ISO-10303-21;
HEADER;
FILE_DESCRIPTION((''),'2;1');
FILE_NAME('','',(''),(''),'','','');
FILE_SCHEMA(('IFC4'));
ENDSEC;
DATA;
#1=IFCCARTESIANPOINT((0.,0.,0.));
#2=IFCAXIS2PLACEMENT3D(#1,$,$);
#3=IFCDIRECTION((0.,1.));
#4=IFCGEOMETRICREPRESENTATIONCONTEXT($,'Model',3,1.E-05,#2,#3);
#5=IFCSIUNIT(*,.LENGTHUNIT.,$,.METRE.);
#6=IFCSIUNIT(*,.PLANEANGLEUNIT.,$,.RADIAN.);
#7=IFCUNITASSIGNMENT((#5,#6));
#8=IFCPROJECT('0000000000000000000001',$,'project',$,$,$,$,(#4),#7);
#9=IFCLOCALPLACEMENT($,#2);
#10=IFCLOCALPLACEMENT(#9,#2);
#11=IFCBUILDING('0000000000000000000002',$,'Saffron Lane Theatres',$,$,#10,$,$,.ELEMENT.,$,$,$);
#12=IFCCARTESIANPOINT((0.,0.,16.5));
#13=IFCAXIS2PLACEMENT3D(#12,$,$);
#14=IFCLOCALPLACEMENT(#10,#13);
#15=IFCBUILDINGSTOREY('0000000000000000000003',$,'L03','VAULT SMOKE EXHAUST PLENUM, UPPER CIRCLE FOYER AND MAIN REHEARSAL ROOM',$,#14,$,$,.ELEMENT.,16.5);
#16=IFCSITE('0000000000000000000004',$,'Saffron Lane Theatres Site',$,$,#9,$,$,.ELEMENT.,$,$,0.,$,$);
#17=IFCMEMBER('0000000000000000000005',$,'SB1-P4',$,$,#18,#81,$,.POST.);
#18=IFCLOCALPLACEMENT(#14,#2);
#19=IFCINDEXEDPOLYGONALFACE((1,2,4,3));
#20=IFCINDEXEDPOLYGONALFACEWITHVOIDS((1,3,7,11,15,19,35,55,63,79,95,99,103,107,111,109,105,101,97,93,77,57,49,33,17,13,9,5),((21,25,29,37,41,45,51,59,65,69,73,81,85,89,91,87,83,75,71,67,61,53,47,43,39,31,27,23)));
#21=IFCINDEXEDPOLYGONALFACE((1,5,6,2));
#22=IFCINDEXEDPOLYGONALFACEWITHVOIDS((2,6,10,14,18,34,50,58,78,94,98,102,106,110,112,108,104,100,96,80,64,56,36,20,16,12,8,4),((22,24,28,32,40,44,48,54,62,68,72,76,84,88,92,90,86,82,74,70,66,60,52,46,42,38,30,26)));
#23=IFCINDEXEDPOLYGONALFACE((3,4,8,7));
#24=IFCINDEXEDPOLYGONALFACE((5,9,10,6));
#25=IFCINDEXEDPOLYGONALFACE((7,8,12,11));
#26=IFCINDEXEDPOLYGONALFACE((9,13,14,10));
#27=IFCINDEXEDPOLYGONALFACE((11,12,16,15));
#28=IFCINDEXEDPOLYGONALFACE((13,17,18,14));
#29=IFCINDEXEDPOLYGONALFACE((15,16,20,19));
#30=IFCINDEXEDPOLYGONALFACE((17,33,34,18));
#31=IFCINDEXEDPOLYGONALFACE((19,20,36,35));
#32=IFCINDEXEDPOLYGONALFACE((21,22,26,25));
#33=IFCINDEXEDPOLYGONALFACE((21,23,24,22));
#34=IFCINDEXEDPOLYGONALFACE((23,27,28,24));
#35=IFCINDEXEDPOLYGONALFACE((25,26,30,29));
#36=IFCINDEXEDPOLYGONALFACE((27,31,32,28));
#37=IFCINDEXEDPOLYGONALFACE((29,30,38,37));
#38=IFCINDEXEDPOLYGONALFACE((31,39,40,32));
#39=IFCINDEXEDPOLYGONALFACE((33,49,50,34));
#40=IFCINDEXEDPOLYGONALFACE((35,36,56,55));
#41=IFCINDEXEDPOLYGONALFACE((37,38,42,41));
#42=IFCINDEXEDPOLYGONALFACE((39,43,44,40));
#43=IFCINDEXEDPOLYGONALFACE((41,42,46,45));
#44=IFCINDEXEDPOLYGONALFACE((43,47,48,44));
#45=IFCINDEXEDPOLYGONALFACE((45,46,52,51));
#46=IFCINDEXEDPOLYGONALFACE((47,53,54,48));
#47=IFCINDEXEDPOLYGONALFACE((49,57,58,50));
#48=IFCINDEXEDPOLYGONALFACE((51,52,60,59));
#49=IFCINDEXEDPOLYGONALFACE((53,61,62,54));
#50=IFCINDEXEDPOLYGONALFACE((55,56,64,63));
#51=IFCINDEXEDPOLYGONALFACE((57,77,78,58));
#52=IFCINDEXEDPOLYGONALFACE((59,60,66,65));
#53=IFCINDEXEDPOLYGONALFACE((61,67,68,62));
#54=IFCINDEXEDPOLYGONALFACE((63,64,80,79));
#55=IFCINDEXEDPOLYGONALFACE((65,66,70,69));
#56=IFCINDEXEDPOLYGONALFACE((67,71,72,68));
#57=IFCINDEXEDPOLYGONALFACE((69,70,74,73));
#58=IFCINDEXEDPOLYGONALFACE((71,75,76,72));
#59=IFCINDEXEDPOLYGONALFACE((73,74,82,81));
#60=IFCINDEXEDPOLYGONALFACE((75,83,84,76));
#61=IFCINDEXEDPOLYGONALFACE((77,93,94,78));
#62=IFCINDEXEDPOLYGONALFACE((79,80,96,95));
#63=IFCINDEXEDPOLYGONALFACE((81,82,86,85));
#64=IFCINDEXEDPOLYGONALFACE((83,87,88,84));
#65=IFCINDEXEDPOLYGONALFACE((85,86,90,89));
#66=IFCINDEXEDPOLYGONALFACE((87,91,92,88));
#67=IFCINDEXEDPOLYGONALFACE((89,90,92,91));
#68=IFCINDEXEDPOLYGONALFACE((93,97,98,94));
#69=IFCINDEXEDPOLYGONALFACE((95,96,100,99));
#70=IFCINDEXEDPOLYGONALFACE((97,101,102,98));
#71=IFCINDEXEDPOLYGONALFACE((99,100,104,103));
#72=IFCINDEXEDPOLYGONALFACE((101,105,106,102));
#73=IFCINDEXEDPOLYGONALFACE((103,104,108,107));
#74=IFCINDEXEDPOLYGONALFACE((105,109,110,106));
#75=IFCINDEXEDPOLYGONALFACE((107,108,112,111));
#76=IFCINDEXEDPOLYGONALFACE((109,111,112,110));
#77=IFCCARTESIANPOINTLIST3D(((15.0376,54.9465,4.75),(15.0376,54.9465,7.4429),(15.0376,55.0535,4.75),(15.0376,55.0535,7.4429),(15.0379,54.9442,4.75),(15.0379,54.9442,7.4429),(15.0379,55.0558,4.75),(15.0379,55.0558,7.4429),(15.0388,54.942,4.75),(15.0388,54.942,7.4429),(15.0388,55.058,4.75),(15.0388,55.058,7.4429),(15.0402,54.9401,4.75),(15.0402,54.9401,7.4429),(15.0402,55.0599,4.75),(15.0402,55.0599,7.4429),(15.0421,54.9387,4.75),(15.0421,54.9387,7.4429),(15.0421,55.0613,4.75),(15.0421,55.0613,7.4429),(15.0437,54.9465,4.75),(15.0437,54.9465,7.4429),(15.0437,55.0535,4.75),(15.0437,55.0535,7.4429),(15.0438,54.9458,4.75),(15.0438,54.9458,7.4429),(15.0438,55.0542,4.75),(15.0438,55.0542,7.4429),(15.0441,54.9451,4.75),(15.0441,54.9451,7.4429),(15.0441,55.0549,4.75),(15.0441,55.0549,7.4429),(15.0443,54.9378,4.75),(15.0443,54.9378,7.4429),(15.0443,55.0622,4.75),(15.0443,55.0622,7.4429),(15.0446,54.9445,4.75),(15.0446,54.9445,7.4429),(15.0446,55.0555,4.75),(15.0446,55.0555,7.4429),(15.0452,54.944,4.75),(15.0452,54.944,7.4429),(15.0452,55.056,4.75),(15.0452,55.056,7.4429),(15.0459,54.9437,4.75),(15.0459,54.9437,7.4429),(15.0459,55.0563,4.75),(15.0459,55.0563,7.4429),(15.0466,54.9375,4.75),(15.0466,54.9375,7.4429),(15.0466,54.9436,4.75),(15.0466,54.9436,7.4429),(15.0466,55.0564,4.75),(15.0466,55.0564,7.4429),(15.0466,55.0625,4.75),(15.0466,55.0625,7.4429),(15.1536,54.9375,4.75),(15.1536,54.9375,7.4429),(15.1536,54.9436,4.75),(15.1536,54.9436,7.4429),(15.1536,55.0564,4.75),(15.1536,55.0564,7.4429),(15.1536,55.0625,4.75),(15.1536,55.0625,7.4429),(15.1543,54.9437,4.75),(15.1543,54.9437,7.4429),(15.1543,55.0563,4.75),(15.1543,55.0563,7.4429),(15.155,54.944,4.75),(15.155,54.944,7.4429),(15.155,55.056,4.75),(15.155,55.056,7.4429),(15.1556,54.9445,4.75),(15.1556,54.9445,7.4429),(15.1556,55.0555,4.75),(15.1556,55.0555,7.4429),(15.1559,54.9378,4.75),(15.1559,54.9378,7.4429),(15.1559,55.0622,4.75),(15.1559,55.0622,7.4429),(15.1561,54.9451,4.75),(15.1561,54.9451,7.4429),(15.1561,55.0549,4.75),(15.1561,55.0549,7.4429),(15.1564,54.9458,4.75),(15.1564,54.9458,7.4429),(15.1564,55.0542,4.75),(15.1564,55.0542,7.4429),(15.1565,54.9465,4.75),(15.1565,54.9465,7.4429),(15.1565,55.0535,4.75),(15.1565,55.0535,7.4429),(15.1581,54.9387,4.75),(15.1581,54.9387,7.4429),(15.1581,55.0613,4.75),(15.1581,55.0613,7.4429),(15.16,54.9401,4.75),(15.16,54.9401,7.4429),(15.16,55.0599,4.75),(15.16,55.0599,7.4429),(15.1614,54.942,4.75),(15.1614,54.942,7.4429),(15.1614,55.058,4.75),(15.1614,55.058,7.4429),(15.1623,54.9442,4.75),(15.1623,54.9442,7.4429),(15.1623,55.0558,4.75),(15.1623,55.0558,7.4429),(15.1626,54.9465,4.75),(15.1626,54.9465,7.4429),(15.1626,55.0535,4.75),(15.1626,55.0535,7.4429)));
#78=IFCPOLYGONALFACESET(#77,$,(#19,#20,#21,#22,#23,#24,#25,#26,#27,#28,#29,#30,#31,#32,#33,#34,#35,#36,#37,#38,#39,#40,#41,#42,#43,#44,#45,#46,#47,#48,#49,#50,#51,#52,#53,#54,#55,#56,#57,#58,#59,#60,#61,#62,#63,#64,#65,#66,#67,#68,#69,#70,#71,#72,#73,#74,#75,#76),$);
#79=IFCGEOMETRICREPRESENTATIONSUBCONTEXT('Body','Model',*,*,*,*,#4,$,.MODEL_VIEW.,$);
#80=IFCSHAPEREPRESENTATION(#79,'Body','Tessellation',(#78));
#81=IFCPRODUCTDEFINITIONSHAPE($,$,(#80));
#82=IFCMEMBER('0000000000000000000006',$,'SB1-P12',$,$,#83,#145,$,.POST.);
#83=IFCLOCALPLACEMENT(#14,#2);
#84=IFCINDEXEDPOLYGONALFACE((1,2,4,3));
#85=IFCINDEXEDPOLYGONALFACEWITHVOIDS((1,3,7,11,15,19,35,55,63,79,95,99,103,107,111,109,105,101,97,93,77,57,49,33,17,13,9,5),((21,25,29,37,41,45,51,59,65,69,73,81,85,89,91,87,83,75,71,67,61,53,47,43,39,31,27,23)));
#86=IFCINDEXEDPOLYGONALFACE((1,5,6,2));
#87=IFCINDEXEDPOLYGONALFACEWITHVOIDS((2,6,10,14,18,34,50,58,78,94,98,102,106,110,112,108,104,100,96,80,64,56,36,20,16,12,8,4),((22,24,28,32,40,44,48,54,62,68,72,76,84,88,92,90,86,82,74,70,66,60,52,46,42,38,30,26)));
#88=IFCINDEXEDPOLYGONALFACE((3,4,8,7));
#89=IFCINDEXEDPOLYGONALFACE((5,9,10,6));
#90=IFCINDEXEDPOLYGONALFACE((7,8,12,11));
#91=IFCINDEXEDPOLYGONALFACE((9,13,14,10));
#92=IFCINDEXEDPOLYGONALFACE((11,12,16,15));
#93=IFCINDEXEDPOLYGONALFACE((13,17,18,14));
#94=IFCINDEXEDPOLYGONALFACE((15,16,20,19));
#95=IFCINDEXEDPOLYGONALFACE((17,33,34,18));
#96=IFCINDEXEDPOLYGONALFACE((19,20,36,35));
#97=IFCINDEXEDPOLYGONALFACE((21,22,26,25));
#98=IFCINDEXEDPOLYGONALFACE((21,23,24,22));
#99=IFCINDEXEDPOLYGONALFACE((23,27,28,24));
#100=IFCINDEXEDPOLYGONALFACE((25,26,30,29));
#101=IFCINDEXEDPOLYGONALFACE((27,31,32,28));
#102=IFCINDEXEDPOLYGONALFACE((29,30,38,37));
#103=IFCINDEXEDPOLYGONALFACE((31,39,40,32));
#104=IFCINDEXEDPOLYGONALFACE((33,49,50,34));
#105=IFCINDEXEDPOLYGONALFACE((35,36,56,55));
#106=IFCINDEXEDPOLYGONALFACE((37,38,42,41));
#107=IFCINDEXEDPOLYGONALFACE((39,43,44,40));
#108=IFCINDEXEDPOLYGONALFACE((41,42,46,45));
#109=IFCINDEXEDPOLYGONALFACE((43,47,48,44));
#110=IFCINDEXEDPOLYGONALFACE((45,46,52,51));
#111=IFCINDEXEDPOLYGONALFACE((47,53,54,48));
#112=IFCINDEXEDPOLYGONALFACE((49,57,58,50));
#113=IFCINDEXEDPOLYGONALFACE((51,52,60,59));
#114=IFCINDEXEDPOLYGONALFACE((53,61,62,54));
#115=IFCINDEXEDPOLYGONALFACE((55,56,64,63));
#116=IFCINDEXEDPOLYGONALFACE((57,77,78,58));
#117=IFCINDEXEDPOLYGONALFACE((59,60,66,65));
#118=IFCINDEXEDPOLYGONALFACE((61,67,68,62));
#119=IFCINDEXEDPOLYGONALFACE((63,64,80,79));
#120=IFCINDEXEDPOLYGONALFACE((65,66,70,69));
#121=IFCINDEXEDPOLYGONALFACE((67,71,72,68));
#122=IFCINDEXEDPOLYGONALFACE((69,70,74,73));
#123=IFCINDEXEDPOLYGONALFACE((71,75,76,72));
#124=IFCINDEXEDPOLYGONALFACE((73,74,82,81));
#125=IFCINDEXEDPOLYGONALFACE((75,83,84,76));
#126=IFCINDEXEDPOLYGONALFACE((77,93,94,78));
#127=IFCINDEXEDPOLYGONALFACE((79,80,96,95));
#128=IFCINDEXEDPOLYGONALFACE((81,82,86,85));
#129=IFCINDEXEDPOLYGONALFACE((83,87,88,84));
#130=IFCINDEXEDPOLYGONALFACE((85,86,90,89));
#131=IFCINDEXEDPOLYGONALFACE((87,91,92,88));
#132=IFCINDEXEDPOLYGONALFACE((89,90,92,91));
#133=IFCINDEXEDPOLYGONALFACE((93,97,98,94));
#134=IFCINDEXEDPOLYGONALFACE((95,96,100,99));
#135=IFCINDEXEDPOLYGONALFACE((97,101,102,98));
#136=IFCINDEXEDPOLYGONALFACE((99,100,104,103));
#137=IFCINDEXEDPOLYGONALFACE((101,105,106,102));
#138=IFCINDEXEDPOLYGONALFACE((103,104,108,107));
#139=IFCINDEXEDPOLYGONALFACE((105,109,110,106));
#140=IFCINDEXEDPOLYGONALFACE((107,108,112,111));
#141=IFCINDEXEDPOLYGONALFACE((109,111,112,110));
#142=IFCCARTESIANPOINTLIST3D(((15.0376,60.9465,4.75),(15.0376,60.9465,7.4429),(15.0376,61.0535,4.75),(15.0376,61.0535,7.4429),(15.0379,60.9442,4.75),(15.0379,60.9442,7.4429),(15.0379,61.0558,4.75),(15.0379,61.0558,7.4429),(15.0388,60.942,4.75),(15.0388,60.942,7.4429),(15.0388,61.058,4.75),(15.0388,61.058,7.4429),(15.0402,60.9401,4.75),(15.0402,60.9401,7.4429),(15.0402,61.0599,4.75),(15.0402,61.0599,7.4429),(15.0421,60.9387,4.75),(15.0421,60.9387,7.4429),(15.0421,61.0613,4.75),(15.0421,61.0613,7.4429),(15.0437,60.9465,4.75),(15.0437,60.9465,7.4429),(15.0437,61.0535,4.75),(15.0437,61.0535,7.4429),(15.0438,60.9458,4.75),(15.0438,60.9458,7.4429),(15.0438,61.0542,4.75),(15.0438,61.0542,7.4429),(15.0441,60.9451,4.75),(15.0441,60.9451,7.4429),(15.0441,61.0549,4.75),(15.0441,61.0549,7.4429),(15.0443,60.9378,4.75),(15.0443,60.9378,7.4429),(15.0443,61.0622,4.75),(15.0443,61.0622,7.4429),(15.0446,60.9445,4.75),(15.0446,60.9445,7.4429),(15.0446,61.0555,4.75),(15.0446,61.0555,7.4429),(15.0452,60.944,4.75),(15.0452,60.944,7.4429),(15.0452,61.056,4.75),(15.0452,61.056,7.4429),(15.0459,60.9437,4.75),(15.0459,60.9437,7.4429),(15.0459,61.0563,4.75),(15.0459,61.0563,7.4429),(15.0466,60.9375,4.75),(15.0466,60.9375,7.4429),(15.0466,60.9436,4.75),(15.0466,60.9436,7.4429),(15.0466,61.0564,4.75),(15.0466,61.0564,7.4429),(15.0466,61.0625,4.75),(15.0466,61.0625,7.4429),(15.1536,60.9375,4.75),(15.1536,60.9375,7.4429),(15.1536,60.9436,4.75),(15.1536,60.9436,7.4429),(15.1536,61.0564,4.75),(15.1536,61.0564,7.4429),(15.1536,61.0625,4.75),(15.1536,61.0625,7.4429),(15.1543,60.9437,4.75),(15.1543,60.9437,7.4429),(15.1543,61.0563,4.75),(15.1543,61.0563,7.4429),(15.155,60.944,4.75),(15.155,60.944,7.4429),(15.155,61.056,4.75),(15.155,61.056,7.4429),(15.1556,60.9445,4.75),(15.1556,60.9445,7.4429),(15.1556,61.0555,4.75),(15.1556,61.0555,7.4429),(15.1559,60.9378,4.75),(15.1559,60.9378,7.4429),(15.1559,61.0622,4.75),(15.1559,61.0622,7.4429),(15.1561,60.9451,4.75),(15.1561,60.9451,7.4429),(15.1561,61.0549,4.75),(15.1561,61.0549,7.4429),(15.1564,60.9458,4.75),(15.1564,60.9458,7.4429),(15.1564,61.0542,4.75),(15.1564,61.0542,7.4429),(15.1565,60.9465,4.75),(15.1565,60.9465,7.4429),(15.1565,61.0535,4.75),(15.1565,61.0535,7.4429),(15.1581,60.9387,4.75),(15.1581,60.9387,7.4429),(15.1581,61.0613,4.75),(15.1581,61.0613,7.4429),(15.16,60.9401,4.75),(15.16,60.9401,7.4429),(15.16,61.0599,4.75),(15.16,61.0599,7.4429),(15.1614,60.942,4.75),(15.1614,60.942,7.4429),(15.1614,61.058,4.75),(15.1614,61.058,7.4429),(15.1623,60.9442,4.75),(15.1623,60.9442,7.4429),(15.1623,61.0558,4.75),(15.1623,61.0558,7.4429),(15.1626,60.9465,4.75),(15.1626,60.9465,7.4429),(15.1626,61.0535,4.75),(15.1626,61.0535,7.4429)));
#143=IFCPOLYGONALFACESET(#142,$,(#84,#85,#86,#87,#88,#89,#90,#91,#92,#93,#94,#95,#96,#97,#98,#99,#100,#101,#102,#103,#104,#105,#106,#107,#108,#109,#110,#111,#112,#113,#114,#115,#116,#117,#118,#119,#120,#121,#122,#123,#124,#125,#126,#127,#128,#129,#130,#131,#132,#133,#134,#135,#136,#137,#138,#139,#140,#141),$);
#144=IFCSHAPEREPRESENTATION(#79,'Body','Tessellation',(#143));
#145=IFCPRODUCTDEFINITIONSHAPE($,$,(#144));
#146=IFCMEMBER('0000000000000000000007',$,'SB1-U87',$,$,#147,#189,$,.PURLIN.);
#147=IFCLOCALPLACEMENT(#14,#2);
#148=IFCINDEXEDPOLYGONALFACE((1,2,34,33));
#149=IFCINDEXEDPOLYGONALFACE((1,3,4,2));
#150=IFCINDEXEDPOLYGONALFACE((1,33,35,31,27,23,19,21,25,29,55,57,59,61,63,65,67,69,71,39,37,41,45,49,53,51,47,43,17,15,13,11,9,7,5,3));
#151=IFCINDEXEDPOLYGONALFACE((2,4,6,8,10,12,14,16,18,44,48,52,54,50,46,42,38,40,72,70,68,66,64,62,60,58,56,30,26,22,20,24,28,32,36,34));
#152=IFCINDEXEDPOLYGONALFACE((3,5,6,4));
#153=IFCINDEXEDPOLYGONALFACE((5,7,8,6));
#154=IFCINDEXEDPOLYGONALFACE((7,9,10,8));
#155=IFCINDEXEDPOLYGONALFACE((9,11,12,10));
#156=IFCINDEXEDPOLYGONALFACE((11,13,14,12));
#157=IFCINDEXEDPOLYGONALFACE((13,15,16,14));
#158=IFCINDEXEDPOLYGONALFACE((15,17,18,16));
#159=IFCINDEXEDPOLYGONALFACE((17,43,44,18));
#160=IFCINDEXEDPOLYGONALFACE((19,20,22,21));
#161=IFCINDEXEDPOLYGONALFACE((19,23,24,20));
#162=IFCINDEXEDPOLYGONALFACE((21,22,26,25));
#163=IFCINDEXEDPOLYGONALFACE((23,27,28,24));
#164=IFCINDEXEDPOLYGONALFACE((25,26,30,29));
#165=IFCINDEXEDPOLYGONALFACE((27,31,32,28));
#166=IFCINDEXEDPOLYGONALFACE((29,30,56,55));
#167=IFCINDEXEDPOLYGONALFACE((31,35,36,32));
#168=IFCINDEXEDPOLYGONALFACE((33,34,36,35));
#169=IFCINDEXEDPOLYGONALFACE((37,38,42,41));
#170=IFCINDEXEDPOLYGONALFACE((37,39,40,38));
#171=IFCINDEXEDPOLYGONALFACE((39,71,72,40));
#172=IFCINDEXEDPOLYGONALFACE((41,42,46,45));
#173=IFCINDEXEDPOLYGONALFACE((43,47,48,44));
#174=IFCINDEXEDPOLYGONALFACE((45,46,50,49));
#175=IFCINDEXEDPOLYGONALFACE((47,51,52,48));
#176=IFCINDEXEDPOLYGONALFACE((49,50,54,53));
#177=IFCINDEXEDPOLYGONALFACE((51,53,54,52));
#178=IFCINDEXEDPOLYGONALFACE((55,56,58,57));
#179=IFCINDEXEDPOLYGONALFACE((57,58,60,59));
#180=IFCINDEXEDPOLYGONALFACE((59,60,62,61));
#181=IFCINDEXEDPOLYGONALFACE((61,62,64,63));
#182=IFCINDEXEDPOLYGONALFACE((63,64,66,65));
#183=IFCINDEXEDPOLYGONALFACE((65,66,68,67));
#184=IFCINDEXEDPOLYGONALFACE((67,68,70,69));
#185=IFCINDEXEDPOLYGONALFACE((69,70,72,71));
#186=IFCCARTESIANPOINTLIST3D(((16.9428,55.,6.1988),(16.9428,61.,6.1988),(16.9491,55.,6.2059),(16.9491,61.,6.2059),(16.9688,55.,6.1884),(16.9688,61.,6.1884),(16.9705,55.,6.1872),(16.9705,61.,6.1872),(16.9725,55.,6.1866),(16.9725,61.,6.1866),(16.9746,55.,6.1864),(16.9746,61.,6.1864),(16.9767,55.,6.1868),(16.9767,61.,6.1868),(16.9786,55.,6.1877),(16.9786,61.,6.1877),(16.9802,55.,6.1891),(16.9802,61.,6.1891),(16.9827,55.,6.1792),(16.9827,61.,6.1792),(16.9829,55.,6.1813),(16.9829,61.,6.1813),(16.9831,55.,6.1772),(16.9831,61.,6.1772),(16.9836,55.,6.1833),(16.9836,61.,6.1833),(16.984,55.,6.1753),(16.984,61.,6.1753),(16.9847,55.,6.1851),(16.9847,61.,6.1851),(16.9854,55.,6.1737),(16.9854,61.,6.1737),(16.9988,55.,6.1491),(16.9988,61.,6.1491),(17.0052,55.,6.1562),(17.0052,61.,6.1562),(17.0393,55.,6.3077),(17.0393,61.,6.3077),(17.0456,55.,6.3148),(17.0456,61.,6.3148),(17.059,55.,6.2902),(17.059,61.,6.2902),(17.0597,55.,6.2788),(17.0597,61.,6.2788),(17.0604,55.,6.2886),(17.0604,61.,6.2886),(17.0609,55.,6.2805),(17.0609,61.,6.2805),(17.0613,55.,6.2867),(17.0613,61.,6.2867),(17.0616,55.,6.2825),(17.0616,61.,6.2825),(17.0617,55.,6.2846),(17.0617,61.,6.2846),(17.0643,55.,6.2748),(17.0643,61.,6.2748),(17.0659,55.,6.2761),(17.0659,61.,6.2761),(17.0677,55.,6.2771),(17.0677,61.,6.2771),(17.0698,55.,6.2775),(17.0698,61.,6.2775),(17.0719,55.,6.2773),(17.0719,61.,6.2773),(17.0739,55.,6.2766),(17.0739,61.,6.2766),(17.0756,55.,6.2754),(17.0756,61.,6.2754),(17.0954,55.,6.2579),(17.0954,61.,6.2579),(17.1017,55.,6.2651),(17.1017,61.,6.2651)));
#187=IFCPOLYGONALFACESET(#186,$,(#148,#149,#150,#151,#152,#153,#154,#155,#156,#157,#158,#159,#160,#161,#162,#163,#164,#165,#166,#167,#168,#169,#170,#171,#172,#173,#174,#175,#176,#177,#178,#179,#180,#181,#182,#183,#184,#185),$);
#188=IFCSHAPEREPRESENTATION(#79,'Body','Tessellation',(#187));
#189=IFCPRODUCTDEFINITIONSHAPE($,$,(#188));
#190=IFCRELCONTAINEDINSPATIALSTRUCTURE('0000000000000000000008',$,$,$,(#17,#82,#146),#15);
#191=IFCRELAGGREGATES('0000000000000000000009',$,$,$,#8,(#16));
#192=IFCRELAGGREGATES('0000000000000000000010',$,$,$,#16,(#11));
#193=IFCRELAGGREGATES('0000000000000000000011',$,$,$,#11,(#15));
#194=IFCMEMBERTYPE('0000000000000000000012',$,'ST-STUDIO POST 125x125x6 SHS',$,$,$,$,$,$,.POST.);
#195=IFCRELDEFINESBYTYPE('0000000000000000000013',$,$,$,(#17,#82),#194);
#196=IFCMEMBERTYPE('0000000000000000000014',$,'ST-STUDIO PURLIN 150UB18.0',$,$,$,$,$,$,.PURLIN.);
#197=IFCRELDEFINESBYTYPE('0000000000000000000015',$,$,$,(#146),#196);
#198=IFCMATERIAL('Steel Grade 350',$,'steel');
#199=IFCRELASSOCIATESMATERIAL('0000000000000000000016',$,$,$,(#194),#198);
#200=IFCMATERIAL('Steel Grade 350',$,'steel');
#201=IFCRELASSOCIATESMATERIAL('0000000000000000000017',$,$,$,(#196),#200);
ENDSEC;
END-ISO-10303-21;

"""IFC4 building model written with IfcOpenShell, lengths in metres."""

from ifc_helpers import new_model, si_unit, direction, frame, origin, origin_2d, place, context, subcontext, project, spatial, hollow_rectangle, i_section, extrude, material, material_profile, profile_set, type_object, element, save


model = new_model("IFC4")

# Units and contexts
model_context = context("Model", 3, precision=1e-05, world=origin(), true_north=direction((0.0, 1.0)))
body_context = subcontext(model_context, "Body", "Model", "MODEL_VIEW")
ifc_project = project(units=[si_unit("LENGTHUNIT", "METRE"), si_unit("PLANEANGLEUNIT", "RADIAN")], contexts=[model_context])

# Site, building, storey
site_placement = place(None, origin())
site = spatial("IfcSite", under=ifc_project, at=site_placement, Name="Saffron Lane Theatres Site", CompositionType="ELEMENT", RefElevation=0.0)
building_placement = place(site_placement, origin())
building = spatial("IfcBuilding", under=site, at=building_placement, Name="Saffron Lane Theatres", CompositionType="ELEMENT")
storey_placement = place(building_placement, frame((0.0, 0.0, 16.5)))
storey = spatial("IfcBuildingStorey", under=building, at=storey_placement, Name="L03", Description="VAULT SMOKE EXHAUST PLENUM, UPPER CIRCLE FOYER AND MAIN REHEARSAL ROOM", CompositionType="ELEMENT", Elevation=16.5)

# Members
ifc_material_1 = material(Name="Steel Grade 350", Category="steel")
ifc_material_profile_1 = material_profile(ifc_material_1, hollow_rectangle(XDim=0.125, YDim=0.125, WallThickness=0.0061, InnerFilletRadius=0.0029, OuterFilletRadius=0.009, at=origin_2d()))
ifc_profile_set_1 = profile_set([ifc_material_profile_1], Name="Steel Grade 350")
member_type_1 = type_object("IfcMemberType", Name="ST-STUDIO POST 125x125x6 SHS", PredefinedType="POST", material=ifc_profile_set_1)
for number, where, z_axis, x_axis, name in (
    (1, (15.1001, 55.0, 4.75), (0.0, 0.0, 1.0), (1.0, 0.0, 0.0), "SB1-P4"),
    (2, (15.1001, 61.0, 4.75), (0.0, 0.0, 1.0), (1.0, 0.0, 0.0), "SB1-P12"),
):
    element("IfcMember", number, at=place(storey_placement, frame(where, z_axis=z_axis, x_axis=x_axis)), inside=storey, type_object=member_type_1, Name=name, PredefinedType="POST", context=body_context, shape_type="SweptSolid", body=[
        extrude(hollow_rectangle(XDim=0.125, YDim=0.125, WallThickness=0.0061, InnerFilletRadius=0.0029, OuterFilletRadius=0.009, at=origin_2d()), origin(), (0.0, 0.0, 1.0), 2.6929),
    ])
ifc_material_2 = material(Name="Steel Grade 350", Category="steel")
ifc_material_profile_2 = material_profile(ifc_material_2, i_section(OverallWidth=0.075, OverallDepth=0.155, WebThickness=0.0061, FlangeThickness=0.0095, FilletRadius=0.0081, at=origin_2d()))
ifc_profile_set_2 = profile_set([ifc_material_profile_2], Name="Steel Grade 350")
member_type_2 = type_object("IfcMemberType", Name="ST-STUDIO PURLIN 150UB18.0", PredefinedType="PURLIN", material=ifc_profile_set_2)
for number, where, z_axis, x_axis, name in (
    (3, (17.0222, 55.0, 6.2319), (0.0, 1.0, 0.0), (-0.748269, 0.0, 0.663396), "SB1-U87"),
):
    element("IfcMember", number, at=place(storey_placement, frame(where, z_axis=z_axis, x_axis=x_axis)), inside=storey, type_object=member_type_2, Name=name, PredefinedType="PURLIN", context=body_context, shape_type="SweptSolid", body=[
        extrude(i_section(OverallWidth=0.075, OverallDepth=0.155, WebThickness=0.0061, FlangeThickness=0.0095, FilletRadius=0.0081, at=origin_2d()), origin(), (0.0, 0.0, 1.0), 6.0),
    ])

save(model, "model.ifc")
